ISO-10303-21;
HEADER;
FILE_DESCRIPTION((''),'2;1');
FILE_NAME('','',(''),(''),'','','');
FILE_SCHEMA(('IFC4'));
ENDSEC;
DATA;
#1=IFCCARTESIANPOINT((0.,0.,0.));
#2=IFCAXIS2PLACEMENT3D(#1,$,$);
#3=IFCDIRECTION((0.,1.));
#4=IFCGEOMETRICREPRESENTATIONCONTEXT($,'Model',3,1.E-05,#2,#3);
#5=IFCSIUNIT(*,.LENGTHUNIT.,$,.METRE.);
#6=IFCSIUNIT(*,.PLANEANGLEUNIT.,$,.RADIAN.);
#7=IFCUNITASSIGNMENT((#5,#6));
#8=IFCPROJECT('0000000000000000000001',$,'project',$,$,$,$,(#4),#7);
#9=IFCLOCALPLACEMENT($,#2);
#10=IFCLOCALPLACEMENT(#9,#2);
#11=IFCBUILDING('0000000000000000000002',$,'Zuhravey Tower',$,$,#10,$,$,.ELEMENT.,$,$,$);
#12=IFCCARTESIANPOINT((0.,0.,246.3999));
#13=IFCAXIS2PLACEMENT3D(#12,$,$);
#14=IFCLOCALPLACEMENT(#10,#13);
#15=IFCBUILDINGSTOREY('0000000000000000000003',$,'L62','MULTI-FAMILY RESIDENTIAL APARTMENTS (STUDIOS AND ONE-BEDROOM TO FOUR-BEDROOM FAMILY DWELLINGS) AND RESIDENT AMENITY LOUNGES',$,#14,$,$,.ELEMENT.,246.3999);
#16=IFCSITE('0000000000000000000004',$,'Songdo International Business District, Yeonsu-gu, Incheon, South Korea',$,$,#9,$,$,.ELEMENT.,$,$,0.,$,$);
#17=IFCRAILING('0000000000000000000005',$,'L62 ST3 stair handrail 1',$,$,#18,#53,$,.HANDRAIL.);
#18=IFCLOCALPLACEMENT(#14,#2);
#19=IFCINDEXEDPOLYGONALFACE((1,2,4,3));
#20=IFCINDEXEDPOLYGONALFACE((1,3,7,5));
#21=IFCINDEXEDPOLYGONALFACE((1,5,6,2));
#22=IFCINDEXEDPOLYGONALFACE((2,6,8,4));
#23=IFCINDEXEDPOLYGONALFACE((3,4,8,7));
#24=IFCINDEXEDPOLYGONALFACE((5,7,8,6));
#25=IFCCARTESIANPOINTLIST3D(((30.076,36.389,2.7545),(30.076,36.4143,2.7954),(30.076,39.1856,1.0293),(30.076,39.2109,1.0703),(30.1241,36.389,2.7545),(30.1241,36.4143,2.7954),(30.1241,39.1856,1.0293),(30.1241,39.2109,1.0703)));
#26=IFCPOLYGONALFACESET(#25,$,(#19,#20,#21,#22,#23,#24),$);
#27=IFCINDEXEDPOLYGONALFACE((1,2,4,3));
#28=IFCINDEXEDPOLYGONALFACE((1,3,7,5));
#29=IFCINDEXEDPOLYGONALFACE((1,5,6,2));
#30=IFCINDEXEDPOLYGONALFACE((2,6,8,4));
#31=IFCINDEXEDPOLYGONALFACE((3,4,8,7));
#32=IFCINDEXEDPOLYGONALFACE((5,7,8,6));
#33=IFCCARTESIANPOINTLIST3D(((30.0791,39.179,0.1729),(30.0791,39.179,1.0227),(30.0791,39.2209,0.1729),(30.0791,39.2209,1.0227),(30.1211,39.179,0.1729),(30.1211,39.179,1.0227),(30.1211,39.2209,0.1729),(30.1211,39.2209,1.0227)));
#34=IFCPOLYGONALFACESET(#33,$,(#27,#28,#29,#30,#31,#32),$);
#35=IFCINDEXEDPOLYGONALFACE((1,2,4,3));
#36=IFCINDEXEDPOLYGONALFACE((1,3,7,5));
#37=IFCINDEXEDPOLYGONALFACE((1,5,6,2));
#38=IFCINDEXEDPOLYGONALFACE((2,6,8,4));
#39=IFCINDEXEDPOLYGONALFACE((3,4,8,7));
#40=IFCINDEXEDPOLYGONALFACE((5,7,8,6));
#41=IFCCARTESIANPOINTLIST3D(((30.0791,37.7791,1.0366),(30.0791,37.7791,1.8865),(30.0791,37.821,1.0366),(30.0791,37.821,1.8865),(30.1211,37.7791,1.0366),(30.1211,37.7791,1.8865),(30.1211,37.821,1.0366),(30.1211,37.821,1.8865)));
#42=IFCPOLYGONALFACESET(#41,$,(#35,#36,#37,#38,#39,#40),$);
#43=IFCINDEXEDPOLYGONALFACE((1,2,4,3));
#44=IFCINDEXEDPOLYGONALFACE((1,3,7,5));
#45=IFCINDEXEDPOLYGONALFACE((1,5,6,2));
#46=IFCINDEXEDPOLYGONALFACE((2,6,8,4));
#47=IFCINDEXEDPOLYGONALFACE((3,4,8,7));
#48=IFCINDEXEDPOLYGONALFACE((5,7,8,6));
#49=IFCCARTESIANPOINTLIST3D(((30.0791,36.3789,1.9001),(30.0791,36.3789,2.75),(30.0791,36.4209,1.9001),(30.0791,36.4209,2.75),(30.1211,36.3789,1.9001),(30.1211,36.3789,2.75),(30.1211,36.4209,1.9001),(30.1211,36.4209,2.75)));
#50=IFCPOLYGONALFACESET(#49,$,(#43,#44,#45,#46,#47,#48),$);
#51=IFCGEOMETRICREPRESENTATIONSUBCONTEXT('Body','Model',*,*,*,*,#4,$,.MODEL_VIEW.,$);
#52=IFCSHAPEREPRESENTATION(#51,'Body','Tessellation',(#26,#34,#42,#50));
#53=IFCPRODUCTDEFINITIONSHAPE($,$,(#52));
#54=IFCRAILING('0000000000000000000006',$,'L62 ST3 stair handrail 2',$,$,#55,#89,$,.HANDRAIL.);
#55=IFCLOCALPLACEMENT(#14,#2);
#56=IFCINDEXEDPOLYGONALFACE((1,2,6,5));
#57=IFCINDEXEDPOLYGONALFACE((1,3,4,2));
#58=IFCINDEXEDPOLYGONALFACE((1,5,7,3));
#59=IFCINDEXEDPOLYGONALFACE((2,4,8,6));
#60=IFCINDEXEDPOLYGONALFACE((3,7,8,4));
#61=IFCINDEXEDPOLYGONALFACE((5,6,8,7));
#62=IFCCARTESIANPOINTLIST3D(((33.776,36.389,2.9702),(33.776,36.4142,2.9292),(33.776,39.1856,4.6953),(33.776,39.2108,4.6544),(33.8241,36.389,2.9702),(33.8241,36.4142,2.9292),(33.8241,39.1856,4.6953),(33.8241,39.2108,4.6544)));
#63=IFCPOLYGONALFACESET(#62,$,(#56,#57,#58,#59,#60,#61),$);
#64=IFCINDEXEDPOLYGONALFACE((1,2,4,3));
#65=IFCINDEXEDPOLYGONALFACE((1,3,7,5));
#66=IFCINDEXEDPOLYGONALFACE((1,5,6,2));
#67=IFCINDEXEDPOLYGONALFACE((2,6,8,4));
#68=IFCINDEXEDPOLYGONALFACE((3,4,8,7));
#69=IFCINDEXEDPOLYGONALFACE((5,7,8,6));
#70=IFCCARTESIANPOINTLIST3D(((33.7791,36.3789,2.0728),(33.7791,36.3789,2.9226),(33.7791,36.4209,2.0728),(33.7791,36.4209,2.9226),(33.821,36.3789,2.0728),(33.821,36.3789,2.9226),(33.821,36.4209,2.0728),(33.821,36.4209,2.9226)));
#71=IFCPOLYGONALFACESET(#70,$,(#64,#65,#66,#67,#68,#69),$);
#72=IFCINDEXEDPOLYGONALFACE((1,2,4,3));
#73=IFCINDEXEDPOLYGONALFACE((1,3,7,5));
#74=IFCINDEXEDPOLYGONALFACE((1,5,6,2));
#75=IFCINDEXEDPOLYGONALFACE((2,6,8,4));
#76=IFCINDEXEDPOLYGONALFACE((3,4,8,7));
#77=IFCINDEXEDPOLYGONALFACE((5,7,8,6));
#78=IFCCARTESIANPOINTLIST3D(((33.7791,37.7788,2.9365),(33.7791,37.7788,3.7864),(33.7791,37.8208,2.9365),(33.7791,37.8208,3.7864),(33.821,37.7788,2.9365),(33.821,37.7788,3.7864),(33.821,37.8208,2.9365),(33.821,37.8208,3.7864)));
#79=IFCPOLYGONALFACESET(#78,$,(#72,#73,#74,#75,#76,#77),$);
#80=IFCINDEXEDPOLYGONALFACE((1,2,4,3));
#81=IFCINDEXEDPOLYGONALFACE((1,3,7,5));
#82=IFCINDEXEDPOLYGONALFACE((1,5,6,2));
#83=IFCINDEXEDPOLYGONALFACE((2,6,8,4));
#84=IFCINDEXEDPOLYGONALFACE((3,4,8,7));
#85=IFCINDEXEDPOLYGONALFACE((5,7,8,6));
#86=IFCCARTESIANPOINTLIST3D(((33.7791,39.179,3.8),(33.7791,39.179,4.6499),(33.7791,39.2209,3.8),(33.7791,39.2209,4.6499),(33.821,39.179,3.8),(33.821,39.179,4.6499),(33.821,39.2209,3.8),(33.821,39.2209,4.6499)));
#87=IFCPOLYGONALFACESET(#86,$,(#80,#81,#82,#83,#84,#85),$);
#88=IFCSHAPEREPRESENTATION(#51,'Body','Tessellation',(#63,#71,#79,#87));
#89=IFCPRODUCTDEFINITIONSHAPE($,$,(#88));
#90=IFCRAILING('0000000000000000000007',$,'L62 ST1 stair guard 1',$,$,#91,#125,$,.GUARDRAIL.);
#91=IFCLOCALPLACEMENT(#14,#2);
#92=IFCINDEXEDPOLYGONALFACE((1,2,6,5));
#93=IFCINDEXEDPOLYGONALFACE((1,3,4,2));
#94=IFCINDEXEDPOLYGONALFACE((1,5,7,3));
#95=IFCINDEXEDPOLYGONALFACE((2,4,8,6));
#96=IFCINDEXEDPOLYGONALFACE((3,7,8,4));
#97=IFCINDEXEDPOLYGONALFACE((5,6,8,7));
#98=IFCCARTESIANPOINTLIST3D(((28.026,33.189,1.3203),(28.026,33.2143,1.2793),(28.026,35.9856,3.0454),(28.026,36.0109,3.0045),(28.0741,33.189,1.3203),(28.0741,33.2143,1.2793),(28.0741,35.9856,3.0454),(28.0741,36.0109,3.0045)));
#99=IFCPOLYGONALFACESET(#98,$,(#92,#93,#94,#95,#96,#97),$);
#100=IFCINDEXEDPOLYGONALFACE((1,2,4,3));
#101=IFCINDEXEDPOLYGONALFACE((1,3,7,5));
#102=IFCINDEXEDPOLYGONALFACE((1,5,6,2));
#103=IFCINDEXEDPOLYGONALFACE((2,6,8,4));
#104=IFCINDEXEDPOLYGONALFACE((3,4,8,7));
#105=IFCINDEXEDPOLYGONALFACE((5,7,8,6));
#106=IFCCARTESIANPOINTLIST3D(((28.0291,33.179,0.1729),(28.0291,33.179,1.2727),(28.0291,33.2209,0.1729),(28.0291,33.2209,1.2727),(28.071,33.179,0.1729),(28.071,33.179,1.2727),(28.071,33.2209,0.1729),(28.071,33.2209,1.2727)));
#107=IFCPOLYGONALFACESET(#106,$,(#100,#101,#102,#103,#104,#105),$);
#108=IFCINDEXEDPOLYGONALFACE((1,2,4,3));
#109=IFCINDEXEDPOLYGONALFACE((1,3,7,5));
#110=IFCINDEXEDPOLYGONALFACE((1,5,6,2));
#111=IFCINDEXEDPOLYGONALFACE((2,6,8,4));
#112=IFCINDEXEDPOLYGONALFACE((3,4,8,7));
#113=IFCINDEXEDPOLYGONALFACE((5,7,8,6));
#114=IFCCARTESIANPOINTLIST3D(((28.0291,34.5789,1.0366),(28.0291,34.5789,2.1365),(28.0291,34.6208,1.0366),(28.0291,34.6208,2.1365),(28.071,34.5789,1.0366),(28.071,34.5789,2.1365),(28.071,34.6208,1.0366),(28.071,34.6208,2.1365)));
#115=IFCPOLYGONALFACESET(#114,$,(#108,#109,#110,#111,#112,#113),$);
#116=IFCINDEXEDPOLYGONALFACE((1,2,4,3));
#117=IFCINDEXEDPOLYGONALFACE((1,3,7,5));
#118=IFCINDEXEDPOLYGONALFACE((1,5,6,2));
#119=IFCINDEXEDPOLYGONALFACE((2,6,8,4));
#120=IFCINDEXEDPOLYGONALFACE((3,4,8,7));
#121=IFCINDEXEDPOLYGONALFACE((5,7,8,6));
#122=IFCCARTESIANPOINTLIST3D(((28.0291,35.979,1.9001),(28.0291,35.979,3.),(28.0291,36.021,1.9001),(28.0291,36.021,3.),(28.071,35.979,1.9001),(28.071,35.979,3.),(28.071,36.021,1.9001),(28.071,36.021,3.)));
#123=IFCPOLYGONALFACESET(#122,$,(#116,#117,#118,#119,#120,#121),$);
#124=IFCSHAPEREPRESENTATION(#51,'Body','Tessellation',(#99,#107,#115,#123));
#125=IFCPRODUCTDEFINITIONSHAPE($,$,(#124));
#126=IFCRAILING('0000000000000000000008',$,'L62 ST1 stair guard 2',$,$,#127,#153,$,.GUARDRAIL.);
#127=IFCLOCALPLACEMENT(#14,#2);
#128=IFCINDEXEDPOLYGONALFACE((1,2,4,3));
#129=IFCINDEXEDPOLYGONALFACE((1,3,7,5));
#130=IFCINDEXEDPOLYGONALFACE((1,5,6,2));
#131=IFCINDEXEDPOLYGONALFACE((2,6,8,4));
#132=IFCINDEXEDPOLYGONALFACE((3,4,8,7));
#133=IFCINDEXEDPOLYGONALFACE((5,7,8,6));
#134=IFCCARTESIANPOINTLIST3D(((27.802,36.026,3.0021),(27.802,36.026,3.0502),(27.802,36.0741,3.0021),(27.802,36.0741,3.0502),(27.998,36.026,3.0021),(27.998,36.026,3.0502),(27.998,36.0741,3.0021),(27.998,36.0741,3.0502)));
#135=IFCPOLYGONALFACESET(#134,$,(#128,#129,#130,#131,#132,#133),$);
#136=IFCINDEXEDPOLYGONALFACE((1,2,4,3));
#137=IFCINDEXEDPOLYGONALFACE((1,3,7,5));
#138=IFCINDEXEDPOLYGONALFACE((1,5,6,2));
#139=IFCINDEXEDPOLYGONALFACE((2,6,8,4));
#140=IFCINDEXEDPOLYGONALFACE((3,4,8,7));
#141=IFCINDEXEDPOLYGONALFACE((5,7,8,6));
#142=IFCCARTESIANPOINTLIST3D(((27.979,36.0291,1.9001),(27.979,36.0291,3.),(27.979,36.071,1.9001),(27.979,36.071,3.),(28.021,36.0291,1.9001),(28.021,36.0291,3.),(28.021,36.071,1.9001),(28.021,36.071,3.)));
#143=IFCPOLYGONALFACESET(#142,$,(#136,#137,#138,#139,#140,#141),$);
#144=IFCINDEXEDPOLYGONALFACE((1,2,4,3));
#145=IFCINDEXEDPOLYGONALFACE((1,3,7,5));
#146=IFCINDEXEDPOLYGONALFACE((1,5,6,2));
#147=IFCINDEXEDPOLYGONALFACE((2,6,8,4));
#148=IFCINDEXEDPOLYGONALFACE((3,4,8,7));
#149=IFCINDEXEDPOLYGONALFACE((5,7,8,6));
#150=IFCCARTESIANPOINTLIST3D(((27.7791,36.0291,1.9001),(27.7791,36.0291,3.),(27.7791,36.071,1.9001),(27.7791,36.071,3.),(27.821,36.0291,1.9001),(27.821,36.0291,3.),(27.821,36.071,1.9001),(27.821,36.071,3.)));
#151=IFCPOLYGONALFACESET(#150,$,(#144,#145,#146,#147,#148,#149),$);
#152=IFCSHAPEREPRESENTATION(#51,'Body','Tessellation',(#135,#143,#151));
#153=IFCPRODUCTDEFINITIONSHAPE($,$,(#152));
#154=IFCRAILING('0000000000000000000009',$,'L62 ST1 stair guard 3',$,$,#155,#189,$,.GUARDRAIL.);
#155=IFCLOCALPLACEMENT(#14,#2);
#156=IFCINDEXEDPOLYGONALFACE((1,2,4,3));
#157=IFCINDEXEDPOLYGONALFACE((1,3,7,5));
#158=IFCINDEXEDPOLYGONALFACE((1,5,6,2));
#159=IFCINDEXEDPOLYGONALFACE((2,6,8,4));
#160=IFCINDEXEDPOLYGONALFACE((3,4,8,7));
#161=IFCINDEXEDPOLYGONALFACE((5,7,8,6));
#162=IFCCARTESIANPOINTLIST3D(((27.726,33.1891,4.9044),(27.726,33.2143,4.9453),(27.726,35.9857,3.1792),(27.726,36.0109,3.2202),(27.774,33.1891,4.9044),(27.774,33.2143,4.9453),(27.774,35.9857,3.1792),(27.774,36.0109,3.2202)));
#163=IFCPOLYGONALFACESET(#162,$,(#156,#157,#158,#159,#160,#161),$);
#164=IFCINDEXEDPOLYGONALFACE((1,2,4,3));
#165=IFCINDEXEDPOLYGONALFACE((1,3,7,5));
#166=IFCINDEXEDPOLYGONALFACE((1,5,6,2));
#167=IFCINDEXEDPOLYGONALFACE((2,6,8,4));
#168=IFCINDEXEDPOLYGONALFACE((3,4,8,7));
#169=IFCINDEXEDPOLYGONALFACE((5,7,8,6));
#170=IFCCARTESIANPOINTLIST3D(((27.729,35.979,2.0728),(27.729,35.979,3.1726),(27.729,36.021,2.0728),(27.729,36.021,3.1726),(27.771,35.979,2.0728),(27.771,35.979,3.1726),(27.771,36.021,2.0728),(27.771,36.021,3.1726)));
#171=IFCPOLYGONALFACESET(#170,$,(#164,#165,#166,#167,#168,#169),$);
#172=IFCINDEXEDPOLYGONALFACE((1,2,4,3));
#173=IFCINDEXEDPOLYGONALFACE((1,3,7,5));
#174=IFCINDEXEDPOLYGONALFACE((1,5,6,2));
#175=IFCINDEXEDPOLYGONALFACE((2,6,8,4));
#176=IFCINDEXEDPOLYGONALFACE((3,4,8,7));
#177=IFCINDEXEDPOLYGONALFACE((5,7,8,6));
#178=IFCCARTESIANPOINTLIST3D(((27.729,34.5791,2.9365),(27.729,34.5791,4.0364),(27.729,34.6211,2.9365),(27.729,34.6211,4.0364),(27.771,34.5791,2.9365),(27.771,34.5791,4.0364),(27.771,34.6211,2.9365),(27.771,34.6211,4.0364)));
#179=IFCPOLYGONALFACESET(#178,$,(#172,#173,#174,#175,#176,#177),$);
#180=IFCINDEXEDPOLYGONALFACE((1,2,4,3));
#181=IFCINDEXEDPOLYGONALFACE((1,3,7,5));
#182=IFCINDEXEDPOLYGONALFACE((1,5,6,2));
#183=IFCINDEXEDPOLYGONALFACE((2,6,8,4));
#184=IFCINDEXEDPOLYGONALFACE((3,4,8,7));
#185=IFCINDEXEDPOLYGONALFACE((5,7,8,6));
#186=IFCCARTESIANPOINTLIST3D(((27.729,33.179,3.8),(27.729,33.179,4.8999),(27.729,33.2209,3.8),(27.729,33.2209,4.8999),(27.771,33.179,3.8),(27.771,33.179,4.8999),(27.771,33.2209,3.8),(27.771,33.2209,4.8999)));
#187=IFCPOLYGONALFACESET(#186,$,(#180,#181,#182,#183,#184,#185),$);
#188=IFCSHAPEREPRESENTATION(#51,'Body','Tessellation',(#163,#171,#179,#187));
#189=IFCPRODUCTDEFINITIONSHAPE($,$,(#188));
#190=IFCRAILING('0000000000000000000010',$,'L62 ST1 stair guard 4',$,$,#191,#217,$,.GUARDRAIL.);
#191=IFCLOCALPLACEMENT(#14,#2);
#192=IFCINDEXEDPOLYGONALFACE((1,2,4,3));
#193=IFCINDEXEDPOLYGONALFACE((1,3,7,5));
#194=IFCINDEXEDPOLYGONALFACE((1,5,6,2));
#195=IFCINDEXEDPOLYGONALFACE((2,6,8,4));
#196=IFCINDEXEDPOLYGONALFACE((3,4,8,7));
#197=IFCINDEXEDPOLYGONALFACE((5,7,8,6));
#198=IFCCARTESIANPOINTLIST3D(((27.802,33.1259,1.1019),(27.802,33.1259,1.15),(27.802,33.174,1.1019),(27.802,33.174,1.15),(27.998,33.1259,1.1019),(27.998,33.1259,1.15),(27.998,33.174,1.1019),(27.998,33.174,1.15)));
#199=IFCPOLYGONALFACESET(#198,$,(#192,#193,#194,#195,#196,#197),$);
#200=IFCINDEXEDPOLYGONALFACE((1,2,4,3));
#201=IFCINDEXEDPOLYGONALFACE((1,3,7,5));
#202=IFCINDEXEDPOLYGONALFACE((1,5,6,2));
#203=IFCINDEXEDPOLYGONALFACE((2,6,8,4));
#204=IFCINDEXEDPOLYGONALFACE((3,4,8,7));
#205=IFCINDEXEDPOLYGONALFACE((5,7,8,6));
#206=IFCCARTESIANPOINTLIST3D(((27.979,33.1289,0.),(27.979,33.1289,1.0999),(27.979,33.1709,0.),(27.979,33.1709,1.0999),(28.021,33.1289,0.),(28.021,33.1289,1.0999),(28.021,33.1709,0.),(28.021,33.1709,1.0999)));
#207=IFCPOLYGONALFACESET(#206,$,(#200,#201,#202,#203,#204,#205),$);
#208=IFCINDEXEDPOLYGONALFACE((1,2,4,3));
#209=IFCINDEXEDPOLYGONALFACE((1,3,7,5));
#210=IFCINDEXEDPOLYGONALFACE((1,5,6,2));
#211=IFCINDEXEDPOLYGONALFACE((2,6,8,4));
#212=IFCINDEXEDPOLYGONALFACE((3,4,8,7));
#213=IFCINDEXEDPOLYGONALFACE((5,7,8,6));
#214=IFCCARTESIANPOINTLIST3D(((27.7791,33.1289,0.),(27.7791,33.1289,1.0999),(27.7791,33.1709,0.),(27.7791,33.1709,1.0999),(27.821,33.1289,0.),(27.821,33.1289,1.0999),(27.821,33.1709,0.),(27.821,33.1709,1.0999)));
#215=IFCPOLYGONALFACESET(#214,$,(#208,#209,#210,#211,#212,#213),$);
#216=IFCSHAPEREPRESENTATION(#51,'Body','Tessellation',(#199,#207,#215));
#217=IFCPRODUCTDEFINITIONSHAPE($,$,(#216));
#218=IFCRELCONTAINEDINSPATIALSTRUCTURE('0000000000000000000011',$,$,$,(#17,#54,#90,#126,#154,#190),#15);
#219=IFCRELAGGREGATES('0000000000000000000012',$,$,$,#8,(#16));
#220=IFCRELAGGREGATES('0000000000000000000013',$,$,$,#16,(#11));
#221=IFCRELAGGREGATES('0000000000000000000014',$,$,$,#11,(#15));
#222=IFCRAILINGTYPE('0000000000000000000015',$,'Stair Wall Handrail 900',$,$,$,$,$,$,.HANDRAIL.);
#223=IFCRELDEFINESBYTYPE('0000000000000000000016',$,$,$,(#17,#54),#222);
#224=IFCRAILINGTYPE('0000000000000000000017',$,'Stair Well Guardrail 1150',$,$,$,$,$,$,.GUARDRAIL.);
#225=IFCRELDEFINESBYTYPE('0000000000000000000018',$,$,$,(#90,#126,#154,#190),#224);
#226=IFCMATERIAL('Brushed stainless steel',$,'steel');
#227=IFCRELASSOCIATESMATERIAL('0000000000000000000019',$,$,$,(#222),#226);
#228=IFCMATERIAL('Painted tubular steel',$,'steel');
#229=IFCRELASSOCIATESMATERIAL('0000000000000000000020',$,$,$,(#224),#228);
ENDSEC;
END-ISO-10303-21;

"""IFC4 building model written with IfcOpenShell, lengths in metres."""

from ifc_helpers import new_model, si_unit, direction, frame, origin, origin_2d, place, context, subcontext, project, spatial, rectangle, extrude, material, type_object, element, save


model = new_model("IFC4")

# Units and contexts
model_context = context("Model", 3, precision=1e-05, world=origin(), true_north=direction((0.0, 1.0)))
body_context = subcontext(model_context, "Body", "Model", "MODEL_VIEW")
ifc_project = project(units=[si_unit("LENGTHUNIT", "METRE"), si_unit("PLANEANGLEUNIT", "RADIAN")], contexts=[model_context])

# Site, building, storey
site_placement = place(None, origin())
site = spatial("IfcSite", under=ifc_project, at=site_placement, Name="Songdo International Business District, Yeonsu-gu, Incheon, South Korea", CompositionType="ELEMENT", RefElevation=0.0)
building_placement = place(site_placement, origin())
building = spatial("IfcBuilding", under=site, at=building_placement, Name="Zuhravey Tower", CompositionType="ELEMENT")
storey_placement = place(building_placement, frame((0.0, 0.0, 246.3999)))
storey = spatial("IfcBuildingStorey", under=building, at=storey_placement, Name="L62", Description="MULTI-FAMILY RESIDENTIAL APARTMENTS (STUDIOS AND ONE-BEDROOM TO FOUR-BEDROOM FAMILY DWELLINGS) AND RESIDENT AMENITY LOUNGES", CompositionType="ELEMENT", Elevation=246.3999)

# Railings
ifc_material_1 = material(Name="Brushed stainless steel", Category="steel")
railing_type_1 = type_object("IfcRailingType", Name="Stair Wall Handrail 900", PredefinedType="HANDRAIL", material=ifc_material_1)
for number, where, name in (
    (1, (30.1001, 39.2, 0.1729), "L62 ST3 stair handrail 1"),
):
    element("IfcRailing", number, at=place(storey_placement, frame(where)), inside=storey, type_object=railing_type_1, Name=name, PredefinedType="HANDRAIL", context=body_context, shape_type="SweptSolid", body=[
        extrude(rectangle(XDim=0.0481, YDim=0.0481, at=origin_2d()), frame((0.0, -0.0017, 0.877), z_axis=(0.0, -0.85109, 0.52502), x_axis=(1.0, 0.0, 0.0)), (0.0, 0.0, 1.0), 3.2859),
        extrude(rectangle(XDim=0.042, YDim=0.042, at=origin_2d()), origin(), (0.0, 0.0, 1.0), 0.8499),
        extrude(rectangle(XDim=0.042, YDim=0.042, at=origin_2d()), frame((0.0, -1.3999, 0.8638)), (0.0, 0.0, 1.0), 0.8499),
        extrude(rectangle(XDim=0.042, YDim=0.042, at=origin_2d()), frame((0.0, -2.8, 1.7273)), (0.0, 0.0, 1.0), 0.8499),
    ])
railing_1_placement = place(storey_placement, frame((33.8, 36.3999, 2.0728)))
element("IfcRailing", 2, at=railing_1_placement, inside=storey, type_object=railing_type_1, Name="L62 ST3 stair handrail 2", PredefinedType="HANDRAIL", context=body_context, shape_type="SweptSolid", body=[
    extrude(rectangle(XDim=0.0481, YDim=0.0481, at=origin_2d()), frame((0.0, 0.0017, 0.877), z_axis=(0.0, 0.85109, 0.52502), x_axis=(-1.0, 0.0, 0.0)), (0.0, 0.0, 1.0), 3.2859),
    extrude(rectangle(XDim=0.042, YDim=0.042, at=origin_2d()), origin(), (0.0, 0.0, 1.0), 0.8499),
    extrude(rectangle(XDim=0.042, YDim=0.042, at=origin_2d()), frame((0.0, 1.3999, 0.8638)), (0.0, 0.0, 1.0), 0.8499),
    extrude(rectangle(XDim=0.042, YDim=0.042, at=origin_2d()), frame((0.0, 2.8, 1.7273)), (0.0, 0.0, 1.0), 0.8499),
])
ifc_material_2 = material(Name="Painted tubular steel", Category="steel")
railing_type_2 = type_object("IfcRailingType", Name="Stair Well Guardrail 1150", PredefinedType="GUARDRAIL", material=ifc_material_2)
railing_2_placement = place(storey_placement, frame((28.05, 33.2, 0.1729)))
element("IfcRailing", 3, at=railing_2_placement, inside=storey, type_object=railing_type_2, Name="L62 ST1 stair guard 1", PredefinedType="GUARDRAIL", context=body_context, shape_type="SweptSolid", body=[
    extrude(rectangle(XDim=0.0481, YDim=0.0481, at=origin_2d()), frame((0.0, 0.0017, 1.127), z_axis=(0.0, 0.85109, 0.52502), x_axis=(-1.0, 0.0, 0.0)), (0.0, 0.0, 1.0), 3.2859),
    extrude(rectangle(XDim=0.042, YDim=0.042, at=origin_2d()), origin(), (0.0, 0.0, 1.0), 1.0999),
    extrude(rectangle(XDim=0.042, YDim=0.042, at=origin_2d()), frame((0.0, 1.3999, 0.8638)), (0.0, 0.0, 1.0), 1.0999),
    extrude(rectangle(XDim=0.042, YDim=0.042, at=origin_2d()), frame((0.0, 2.8, 1.7273)), (0.0, 0.0, 1.0), 1.0999),
])
railing_3_placement = place(storey_placement, frame((28.0, 36.05, 1.9001)))
element("IfcRailing", 4, at=railing_3_placement, inside=storey, type_object=railing_type_2, Name="L62 ST1 stair guard 2", PredefinedType="GUARDRAIL", context=body_context, shape_type="SweptSolid", body=[
    extrude(rectangle(XDim=0.0481, YDim=0.0481, at=origin_2d()), frame((-0.002, 0.0, 1.126), z_axis=(-1.0, 0.0, 0.0), x_axis=(0.0, -1.0, 0.0)), (0.0, 0.0, 1.0), 0.196),
    extrude(rectangle(XDim=0.042, YDim=0.042, at=origin_2d()), origin(), (0.0, 0.0, 1.0), 1.0999),
    extrude(rectangle(XDim=0.042, YDim=0.042, at=origin_2d()), frame((-0.2, 0.0, 0.0)), (0.0, 0.0, 1.0), 1.0999),
])
railing_4_placement = place(storey_placement, frame((27.75, 36.0, 2.0728)))
element("IfcRailing", 5, at=railing_4_placement, inside=storey, type_object=railing_type_2, Name="L62 ST1 stair guard 3", PredefinedType="GUARDRAIL", context=body_context, shape_type="SweptSolid", body=[
    extrude(rectangle(XDim=0.0481, YDim=0.0481, at=origin_2d()), frame((0.0, -0.0017, 1.127), z_axis=(0.0, -0.85109, 0.52502), x_axis=(1.0, 0.0, 0.0)), (0.0, 0.0, 1.0), 3.2859),
    extrude(rectangle(XDim=0.042, YDim=0.042, at=origin_2d()), origin(), (0.0, 0.0, 1.0), 1.0999),
    extrude(rectangle(XDim=0.042, YDim=0.042, at=origin_2d()), frame((0.0, -1.3999, 0.8638)), (0.0, 0.0, 1.0), 1.0999),
    extrude(rectangle(XDim=0.042, YDim=0.042, at=origin_2d()), frame((0.0, -2.8, 1.7273)), (0.0, 0.0, 1.0), 1.0999),
])
railing_5_placement = place(storey_placement, frame((28.0, 33.1499, 0.0)))
element("IfcRailing", 6, at=railing_5_placement, inside=storey, type_object=railing_type_2, Name="L62 ST1 stair guard 4", PredefinedType="GUARDRAIL", context=body_context, shape_type="SweptSolid", body=[
    extrude(rectangle(XDim=0.0481, YDim=0.0481, at=origin_2d()), frame((-0.002, 0.0, 1.126), z_axis=(-1.0, 0.0, 0.0), x_axis=(0.0, -1.0, 0.0)), (0.0, 0.0, 1.0), 0.196),
    extrude(rectangle(XDim=0.042, YDim=0.042, at=origin_2d()), origin(), (0.0, 0.0, 1.0), 1.0999),
    extrude(rectangle(XDim=0.042, YDim=0.042, at=origin_2d()), frame((-0.2, 0.0, 0.0)), (0.0, 0.0, 1.0), 1.0999),
])

save(model, "model.ifc")
